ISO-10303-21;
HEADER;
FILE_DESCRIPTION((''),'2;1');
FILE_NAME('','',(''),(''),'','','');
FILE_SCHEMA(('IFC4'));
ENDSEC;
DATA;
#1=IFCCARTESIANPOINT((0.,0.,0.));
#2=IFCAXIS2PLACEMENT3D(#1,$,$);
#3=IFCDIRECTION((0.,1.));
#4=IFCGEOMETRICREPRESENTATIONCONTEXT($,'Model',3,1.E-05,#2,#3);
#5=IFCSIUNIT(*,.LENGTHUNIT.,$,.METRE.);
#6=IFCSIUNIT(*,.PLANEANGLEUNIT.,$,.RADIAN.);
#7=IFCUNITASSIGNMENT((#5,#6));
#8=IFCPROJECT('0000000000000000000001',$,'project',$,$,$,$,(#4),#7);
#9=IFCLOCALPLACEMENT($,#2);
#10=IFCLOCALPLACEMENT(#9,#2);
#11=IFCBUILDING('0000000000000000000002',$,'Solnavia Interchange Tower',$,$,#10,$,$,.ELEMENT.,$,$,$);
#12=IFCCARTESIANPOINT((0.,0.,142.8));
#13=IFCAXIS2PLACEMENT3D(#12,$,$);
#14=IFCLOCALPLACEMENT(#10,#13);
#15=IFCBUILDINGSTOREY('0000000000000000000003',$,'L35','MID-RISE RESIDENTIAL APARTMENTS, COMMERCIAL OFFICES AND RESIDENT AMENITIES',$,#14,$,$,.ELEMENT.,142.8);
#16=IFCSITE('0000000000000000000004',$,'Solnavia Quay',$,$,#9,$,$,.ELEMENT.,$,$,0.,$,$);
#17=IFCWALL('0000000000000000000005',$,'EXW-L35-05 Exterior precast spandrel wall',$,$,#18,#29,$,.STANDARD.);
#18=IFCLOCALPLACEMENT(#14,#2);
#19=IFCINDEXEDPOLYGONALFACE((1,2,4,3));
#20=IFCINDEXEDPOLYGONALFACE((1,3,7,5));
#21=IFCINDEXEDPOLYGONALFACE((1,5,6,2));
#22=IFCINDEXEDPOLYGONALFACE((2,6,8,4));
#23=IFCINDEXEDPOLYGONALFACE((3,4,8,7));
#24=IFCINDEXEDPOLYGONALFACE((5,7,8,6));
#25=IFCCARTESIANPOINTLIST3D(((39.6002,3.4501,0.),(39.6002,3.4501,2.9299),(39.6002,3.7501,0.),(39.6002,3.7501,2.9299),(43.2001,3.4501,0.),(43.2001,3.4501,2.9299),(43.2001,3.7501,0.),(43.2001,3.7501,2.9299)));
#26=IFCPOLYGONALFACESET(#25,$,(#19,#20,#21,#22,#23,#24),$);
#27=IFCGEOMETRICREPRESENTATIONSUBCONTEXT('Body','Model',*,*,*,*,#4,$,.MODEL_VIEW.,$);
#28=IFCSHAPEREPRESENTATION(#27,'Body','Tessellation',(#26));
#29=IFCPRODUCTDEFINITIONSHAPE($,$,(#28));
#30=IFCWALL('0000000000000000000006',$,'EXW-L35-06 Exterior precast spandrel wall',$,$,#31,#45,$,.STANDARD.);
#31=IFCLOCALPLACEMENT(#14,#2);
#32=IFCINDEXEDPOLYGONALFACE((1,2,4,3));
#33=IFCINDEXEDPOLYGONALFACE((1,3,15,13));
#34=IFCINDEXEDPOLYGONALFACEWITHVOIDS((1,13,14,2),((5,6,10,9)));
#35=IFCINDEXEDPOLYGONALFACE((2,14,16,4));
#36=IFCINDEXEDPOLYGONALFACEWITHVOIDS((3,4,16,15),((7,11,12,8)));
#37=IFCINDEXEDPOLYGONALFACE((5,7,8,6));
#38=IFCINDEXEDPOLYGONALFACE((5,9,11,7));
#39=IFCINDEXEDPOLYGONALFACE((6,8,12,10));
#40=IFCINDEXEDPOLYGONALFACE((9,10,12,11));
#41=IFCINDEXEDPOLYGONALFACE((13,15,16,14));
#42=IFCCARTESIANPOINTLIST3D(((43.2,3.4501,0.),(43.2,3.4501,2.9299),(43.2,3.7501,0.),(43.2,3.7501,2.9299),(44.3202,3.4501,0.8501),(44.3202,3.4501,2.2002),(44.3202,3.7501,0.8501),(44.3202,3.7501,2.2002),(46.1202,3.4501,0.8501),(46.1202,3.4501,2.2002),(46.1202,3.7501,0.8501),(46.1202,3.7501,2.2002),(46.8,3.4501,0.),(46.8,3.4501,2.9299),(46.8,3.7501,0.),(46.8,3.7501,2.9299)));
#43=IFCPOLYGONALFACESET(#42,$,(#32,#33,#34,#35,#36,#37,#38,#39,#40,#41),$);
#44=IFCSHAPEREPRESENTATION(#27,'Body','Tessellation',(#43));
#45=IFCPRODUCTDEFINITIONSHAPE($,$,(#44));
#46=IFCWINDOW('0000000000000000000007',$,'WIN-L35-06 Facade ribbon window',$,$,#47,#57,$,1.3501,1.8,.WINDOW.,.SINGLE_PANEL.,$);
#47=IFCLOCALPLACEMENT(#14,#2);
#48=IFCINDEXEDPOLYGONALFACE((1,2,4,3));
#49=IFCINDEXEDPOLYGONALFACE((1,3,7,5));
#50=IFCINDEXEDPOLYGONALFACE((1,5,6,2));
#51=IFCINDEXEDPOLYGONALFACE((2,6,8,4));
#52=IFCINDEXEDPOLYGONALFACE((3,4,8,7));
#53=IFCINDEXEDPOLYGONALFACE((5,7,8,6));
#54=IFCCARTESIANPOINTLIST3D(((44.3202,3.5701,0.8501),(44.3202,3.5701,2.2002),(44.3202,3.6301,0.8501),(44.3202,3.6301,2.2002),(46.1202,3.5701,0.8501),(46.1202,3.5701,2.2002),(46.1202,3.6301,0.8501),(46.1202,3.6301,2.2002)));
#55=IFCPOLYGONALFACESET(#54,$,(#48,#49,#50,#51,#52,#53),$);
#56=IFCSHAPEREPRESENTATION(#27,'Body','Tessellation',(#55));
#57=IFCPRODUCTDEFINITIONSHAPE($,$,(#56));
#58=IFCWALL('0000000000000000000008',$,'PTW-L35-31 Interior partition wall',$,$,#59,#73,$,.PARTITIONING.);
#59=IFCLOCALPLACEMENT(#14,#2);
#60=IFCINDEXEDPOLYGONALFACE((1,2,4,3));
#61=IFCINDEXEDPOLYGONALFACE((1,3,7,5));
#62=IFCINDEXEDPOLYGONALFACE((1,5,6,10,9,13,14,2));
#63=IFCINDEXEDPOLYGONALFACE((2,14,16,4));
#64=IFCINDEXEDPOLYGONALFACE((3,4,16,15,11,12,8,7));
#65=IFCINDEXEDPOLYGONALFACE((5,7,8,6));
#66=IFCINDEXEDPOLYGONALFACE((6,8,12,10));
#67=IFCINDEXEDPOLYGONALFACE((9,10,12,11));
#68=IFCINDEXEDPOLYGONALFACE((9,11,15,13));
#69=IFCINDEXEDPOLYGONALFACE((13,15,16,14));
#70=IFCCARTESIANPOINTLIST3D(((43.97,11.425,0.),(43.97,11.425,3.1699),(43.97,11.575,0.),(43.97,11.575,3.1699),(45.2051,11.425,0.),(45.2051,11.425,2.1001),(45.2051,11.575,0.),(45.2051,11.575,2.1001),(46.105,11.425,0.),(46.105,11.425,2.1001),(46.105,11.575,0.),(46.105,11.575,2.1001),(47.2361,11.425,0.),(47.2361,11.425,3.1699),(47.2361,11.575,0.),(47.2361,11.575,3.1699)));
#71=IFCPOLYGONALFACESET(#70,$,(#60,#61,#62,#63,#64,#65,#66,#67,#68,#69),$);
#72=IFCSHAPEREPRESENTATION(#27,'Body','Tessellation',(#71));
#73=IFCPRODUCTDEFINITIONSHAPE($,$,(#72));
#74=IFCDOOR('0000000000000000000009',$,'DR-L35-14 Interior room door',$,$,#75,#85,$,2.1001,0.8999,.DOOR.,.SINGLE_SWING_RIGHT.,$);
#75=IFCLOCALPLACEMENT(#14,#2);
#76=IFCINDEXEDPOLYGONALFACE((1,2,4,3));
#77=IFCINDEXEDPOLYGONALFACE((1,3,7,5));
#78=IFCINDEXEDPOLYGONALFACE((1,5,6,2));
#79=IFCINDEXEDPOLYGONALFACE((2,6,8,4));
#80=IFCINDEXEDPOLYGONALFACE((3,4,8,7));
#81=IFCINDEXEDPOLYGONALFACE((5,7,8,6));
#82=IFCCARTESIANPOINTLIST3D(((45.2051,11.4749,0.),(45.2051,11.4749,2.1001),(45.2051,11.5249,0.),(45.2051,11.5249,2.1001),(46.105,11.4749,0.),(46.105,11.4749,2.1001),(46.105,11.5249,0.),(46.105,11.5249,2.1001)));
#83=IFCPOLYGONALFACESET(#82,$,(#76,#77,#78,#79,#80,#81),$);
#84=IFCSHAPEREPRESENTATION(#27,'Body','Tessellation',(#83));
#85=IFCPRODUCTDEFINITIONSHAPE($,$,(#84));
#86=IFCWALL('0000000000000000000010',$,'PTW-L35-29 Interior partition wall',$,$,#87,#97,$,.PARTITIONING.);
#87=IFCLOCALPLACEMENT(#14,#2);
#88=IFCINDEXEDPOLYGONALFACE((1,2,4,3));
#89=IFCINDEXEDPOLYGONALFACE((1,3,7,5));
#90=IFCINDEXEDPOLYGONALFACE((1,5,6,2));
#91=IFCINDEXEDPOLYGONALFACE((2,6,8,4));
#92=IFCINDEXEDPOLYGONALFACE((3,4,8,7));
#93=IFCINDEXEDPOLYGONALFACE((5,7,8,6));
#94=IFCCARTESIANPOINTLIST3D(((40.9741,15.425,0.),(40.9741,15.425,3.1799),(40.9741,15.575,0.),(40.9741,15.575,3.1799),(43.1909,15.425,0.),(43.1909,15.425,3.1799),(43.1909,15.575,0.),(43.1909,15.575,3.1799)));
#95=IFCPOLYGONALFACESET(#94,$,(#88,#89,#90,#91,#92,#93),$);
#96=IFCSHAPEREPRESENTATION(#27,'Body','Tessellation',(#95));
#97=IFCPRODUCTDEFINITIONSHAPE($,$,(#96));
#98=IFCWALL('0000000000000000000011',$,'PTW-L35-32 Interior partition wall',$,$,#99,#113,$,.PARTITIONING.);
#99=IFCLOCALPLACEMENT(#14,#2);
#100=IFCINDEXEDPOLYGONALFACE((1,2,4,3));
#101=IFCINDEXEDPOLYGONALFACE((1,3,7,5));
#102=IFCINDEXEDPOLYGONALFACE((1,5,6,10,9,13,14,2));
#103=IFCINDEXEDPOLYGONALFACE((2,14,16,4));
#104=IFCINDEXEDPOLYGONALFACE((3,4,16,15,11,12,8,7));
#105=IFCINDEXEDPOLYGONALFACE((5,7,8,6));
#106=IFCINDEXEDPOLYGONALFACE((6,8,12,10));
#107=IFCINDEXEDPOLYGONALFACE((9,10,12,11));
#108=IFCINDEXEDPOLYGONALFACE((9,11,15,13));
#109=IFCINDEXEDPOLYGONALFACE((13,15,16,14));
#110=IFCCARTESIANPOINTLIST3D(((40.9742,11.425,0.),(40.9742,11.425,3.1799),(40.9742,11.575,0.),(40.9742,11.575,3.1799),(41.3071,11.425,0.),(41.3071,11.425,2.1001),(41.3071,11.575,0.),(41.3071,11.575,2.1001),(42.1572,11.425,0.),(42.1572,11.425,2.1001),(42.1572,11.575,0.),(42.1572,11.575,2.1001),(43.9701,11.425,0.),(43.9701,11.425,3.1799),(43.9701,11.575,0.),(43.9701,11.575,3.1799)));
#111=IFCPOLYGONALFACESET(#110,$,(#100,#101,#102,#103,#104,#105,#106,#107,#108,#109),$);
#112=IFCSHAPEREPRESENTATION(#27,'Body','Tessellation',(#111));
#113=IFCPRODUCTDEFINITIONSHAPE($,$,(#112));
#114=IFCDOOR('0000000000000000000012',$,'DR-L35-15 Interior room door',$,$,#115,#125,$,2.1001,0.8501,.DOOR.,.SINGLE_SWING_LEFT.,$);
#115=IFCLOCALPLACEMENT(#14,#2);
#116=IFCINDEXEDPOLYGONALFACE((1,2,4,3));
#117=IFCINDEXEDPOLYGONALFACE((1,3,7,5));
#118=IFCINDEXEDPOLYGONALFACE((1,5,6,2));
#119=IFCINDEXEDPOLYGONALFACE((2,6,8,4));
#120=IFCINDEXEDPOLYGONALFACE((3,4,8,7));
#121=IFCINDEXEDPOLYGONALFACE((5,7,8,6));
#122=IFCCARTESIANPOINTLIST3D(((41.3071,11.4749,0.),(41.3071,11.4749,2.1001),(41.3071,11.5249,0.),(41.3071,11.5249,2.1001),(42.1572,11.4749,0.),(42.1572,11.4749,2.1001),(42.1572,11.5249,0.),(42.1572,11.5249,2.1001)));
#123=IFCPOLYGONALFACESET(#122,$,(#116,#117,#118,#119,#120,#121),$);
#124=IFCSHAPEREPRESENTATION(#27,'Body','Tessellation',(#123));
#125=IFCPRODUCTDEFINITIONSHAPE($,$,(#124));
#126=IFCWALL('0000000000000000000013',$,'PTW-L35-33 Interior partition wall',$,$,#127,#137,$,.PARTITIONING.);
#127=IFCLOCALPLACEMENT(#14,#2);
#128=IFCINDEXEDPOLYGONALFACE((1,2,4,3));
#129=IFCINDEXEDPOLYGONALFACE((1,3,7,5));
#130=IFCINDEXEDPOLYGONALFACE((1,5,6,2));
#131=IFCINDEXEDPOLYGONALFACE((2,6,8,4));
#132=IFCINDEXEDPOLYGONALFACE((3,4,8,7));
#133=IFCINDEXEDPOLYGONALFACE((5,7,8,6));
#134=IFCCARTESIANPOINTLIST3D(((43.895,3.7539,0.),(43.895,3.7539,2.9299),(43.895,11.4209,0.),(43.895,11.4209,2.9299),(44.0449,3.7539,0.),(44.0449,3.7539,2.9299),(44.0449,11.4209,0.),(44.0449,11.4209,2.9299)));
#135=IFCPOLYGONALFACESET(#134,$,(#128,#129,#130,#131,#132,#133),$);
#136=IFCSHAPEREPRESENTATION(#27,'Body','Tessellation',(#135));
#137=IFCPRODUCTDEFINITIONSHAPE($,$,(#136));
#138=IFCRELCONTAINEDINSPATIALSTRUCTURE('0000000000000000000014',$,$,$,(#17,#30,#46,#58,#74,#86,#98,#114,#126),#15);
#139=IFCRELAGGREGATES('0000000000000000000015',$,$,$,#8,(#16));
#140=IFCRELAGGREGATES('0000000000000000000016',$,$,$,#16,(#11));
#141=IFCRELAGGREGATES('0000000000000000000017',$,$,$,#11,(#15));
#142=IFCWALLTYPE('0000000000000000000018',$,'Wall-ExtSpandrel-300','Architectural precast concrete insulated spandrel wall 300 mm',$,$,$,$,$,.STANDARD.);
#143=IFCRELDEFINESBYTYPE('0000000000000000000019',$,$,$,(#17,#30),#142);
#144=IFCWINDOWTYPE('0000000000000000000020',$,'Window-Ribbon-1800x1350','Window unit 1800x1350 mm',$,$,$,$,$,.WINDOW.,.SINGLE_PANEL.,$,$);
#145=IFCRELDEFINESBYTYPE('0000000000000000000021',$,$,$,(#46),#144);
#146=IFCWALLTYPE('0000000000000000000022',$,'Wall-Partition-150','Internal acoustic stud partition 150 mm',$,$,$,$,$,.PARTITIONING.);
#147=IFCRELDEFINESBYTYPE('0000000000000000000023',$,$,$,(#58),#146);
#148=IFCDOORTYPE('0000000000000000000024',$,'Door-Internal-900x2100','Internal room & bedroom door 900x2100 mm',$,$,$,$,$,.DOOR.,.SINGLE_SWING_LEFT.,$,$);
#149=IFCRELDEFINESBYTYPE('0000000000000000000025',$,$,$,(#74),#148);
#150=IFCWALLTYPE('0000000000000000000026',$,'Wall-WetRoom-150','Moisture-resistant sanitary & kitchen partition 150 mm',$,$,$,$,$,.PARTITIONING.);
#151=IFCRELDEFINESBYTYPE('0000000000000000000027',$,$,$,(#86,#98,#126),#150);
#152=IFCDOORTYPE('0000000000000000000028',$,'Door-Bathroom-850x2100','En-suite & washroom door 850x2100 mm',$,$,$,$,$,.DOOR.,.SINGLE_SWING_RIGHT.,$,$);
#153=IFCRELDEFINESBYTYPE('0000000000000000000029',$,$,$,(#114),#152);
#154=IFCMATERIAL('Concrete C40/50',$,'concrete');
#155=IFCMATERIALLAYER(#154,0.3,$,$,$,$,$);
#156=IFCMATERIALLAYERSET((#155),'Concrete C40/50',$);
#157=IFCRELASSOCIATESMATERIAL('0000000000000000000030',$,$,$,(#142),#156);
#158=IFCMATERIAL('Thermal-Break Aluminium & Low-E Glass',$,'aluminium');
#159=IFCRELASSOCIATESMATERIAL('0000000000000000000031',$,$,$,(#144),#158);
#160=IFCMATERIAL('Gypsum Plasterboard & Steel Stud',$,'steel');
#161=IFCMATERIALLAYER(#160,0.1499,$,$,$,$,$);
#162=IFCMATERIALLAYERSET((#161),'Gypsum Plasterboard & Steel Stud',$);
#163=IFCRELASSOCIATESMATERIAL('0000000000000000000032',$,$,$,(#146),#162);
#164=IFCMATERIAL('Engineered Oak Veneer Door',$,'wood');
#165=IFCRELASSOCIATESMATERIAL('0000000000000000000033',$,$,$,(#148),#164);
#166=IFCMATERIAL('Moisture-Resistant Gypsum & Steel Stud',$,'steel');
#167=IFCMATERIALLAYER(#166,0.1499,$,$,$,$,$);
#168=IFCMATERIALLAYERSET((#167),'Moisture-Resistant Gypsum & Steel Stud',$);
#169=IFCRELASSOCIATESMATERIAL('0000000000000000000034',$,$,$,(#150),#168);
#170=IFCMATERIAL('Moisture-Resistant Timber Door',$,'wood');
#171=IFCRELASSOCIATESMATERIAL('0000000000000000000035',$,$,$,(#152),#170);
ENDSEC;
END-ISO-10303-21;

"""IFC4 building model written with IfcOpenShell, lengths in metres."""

from ifc_helpers import new_model, si_unit, direction, frame, frame_2d, origin, place, context, subcontext, project, spatial, rectangle, extrude, material, layer, layer_set, type_object, element, fill, save


model = new_model("IFC4")

# Units and contexts
model_context = context("Model", 3, precision=1e-05, world=origin(), true_north=direction((0.0, 1.0)))
body_context = subcontext(model_context, "Body", "Model", "MODEL_VIEW")
ifc_project = project(units=[si_unit("LENGTHUNIT", "METRE"), si_unit("PLANEANGLEUNIT", "RADIAN")], contexts=[model_context])

# Site, building, storey
site_placement = place(None, origin())
site = spatial("IfcSite", under=ifc_project, at=site_placement, Name="Solnavia Quay", CompositionType="ELEMENT", RefElevation=0.0)
building_placement = place(site_placement, origin())
building = spatial("IfcBuilding", under=site, at=building_placement, Name="Solnavia Interchange Tower", CompositionType="ELEMENT")
storey_placement = place(building_placement, frame((0.0, 0.0, 142.8)))
storey = spatial("IfcBuildingStorey", under=building, at=storey_placement, Name="L35", Description="MID-RISE RESIDENTIAL APARTMENTS, COMMERCIAL OFFICES AND RESIDENT AMENITIES", CompositionType="ELEMENT", Elevation=142.8)

# Wall
ifc_material_1 = material(Name="Concrete C40/50", Category="concrete")
ifc_layer_1 = layer(ifc_material_1, 0.3)
ifc_layer_set_1 = layer_set([ifc_layer_1], Name="Concrete C40/50")
wall_type_1 = type_object("IfcWallType", Name="Wall-ExtSpandrel-300", Description="Architectural precast concrete insulated spandrel wall 300 mm", PredefinedType="STANDARD", material=ifc_layer_set_1)
wall_1_placement = place(storey_placement, frame((43.2, 3.6001, 0.0), z_axis=(0.0, 0.0, 1.0), x_axis=(-1.0, 0.0, 0.0)))
element("IfcWall", 1, at=wall_1_placement, inside=storey, type_object=wall_type_1, Name="EXW-L35-05 Exterior precast spandrel wall", PredefinedType="STANDARD", context=body_context, shape_type="SweptSolid", body=[
    extrude(rectangle(XDim=3.5999, YDim=0.3, at=frame_2d((1.7998, 0.0))), origin(), (0.0, 0.0, 1.0), 2.9299),
])

# Wall, opening, window
wall_2_placement = place(storey_placement, frame((46.8, 3.6001, 0.0), z_axis=(0.0, 0.0, 1.0), x_axis=(-1.0, 0.0, 0.0)))
wall_2 = element("IfcWall", 2, at=wall_2_placement, inside=storey, type_object=wall_type_1, Name="EXW-L35-06 Exterior precast spandrel wall", PredefinedType="STANDARD", context=body_context, shape_type="SweptSolid", body=[
    extrude(rectangle(XDim=3.6001, YDim=0.3, at=frame_2d((1.8, 0.0))), origin(), (0.0, 0.0, 1.0), 2.9299),
])
opening_1_placement = place(wall_2_placement, frame((0.6799, 0.0, 0.8501)))
opening_1 = element("IfcOpeningElement", 3, at=opening_1_placement, cuts=wall_2, PredefinedType="OPENING", context=body_context, shape_type="SweptSolid", body=[
    extrude(rectangle(XDim=1.8, YDim=1.3501, at=frame_2d((0.8999, 0.675))), frame((0.0, 0.1602, 0.0), z_axis=(0.0, -1.0, 0.0), x_axis=(1.0, 0.0, 0.0)), (0.0, 0.0, 1.0), 0.3201),
])
ifc_material_2 = material(Name="Thermal-Break Aluminium & Low-E Glass", Category="aluminium")
window_type = type_object("IfcWindowType", Name="Window-Ribbon-1800x1350", Description="Window unit 1800x1350 mm", PartitioningType="SINGLE_PANEL", PredefinedType="WINDOW", material=ifc_material_2)
window_placement = place(opening_1_placement, origin())
window = element("IfcWindow", 4, at=window_placement, inside=storey, type_object=window_type, Name="WIN-L35-06 Facade ribbon window", OverallHeight=1.3501, OverallWidth=1.8, PartitioningType="SINGLE_PANEL", PredefinedType="WINDOW", context=body_context, shape_type="SweptSolid", body=[
    extrude(rectangle(XDim=1.8, YDim=1.3501, at=frame_2d((0.8999, 0.675))), frame((0.0, 0.03, 0.0), z_axis=(0.0, -1.0, 0.0), x_axis=(1.0, 0.0, 0.0)), (0.0, 0.0, 1.0), 0.0601),
])
fill(opening_1, window)

# Wall, opening, door
ifc_material_3 = material(Name="Gypsum Plasterboard & Steel Stud", Category="steel")
ifc_layer_2 = layer(ifc_material_3, 0.1499)
ifc_layer_set_2 = layer_set([ifc_layer_2], Name="Gypsum Plasterboard & Steel Stud")
wall_type_2 = type_object("IfcWallType", Name="Wall-Partition-150", Description="Internal acoustic stud partition 150 mm", PredefinedType="PARTITIONING", material=ifc_layer_set_2)
wall_3_placement = place(storey_placement, frame((43.97, 11.5, 0.0), z_axis=(0.0, 0.0, 1.0), x_axis=(1.0, 0.0, 0.0)))
wall_3 = element("IfcWall", 5, at=wall_3_placement, inside=storey, type_object=wall_type_2, Name="PTW-L35-31 Interior partition wall", PredefinedType="PARTITIONING", context=body_context, shape_type="SweptSolid", body=[
    extrude(rectangle(XDim=3.2661, YDim=0.1499, at=frame_2d((1.6331, 0.0))), origin(), (0.0, 0.0, 1.0), 3.1699),
])
opening_2_placement = place(wall_3_placement, frame((1.2351, 0.0, 0.0)))
opening_2 = element("IfcOpeningElement", 6, at=opening_2_placement, cuts=wall_3, PredefinedType="OPENING", context=body_context, shape_type="SweptSolid", body=[
    extrude(rectangle(XDim=0.8999, YDim=2.1001, at=frame_2d((0.45, 1.05))), frame((0.0, 0.085, 0.0), z_axis=(0.0, -1.0, 0.0), x_axis=(1.0, 0.0, 0.0)), (0.0, 0.0, 1.0), 0.1699),
])
ifc_material_4 = material(Name="Engineered Oak Veneer Door", Category="wood")
door_type_1 = type_object("IfcDoorType", Name="Door-Internal-900x2100", Description="Internal room & bedroom door 900x2100 mm", OperationType="SINGLE_SWING_LEFT", PredefinedType="DOOR", material=ifc_material_4)
door_1_placement = place(opening_2_placement, origin())
door_1 = element("IfcDoor", 7, at=door_1_placement, inside=storey, type_object=door_type_1, Name="DR-L35-14 Interior room door", OperationType="SINGLE_SWING_RIGHT", OverallHeight=2.1001, OverallWidth=0.8999, PredefinedType="DOOR", context=body_context, shape_type="SweptSolid", body=[
    extrude(rectangle(XDim=0.8999, YDim=2.1001, at=frame_2d((0.45, 1.05))), frame((0.0, 0.0249, 0.0), z_axis=(0.0, -1.0, 0.0), x_axis=(1.0, 0.0, 0.0)), (0.0, 0.0, 1.0), 0.05),
])
fill(opening_2, door_1)

# Wall
ifc_material_5 = material(Name="Moisture-Resistant Gypsum & Steel Stud", Category="steel")
ifc_layer_3 = layer(ifc_material_5, 0.1499)
ifc_layer_set_3 = layer_set([ifc_layer_3], Name="Moisture-Resistant Gypsum & Steel Stud")
wall_type_3 = type_object("IfcWallType", Name="Wall-WetRoom-150", Description="Moisture-resistant sanitary & kitchen partition 150 mm", PredefinedType="PARTITIONING", material=ifc_layer_set_3)
wall_4_placement = place(storey_placement, frame((40.9741, 15.5, 0.0), z_axis=(0.0, 0.0, 1.0), x_axis=(1.0, 0.0, 0.0)))
element("IfcWall", 8, at=wall_4_placement, inside=storey, type_object=wall_type_3, Name="PTW-L35-29 Interior partition wall", PredefinedType="PARTITIONING", context=body_context, shape_type="SweptSolid", body=[
    extrude(rectangle(XDim=2.2168, YDim=0.1499, at=frame_2d((1.1084, 0.0))), origin(), (0.0, 0.0, 1.0), 3.1799),
])

# Wall, opening, door
wall_5_placement = place(storey_placement, frame((40.9741, 11.5, 0.0), z_axis=(0.0, 0.0, 1.0), x_axis=(1.0, 0.0, 0.0)))
wall_5 = element("IfcWall", 9, at=wall_5_placement, inside=storey, type_object=wall_type_3, Name="PTW-L35-32 Interior partition wall", PredefinedType="PARTITIONING", context=body_context, shape_type="SweptSolid", body=[
    extrude(rectangle(XDim=2.9958, YDim=0.1499, at=frame_2d((1.498, 0.0))), origin(), (0.0, 0.0, 1.0), 3.1799),
])
opening_3_placement = place(wall_5_placement, frame((0.333, 0.0, 0.0)))
opening_3 = element("IfcOpeningElement", 10, at=opening_3_placement, cuts=wall_5, PredefinedType="OPENING", context=body_context, shape_type="SweptSolid", body=[
    extrude(rectangle(XDim=0.8501, YDim=2.1001, at=frame_2d((0.425, 1.05))), frame((0.0, 0.085, 0.0), z_axis=(0.0, -1.0, 0.0), x_axis=(1.0, 0.0, 0.0)), (0.0, 0.0, 1.0), 0.1699),
])
ifc_material_6 = material(Name="Moisture-Resistant Timber Door", Category="wood")
door_type_2 = type_object("IfcDoorType", Name="Door-Bathroom-850x2100", Description="En-suite & washroom door 850x2100 mm", OperationType="SINGLE_SWING_RIGHT", PredefinedType="DOOR", material=ifc_material_6)
door_2_placement = place(opening_3_placement, origin())
door_2 = element("IfcDoor", 11, at=door_2_placement, inside=storey, type_object=door_type_2, Name="DR-L35-15 Interior room door", OperationType="SINGLE_SWING_LEFT", OverallHeight=2.1001, OverallWidth=0.8501, PredefinedType="DOOR", context=body_context, shape_type="SweptSolid", body=[
    extrude(rectangle(XDim=0.8501, YDim=2.1001, at=frame_2d((0.425, 1.05))), frame((0.0, 0.0249, 0.0), z_axis=(0.0, -1.0, 0.0), x_axis=(1.0, 0.0, 0.0)), (0.0, 0.0, 1.0), 0.05),
])
fill(opening_3, door_2)

# Wall
wall_6_placement = place(storey_placement, frame((43.97, 3.7539, 0.0), z_axis=(0.0, 0.0, 1.0), x_axis=(0.0, 1.0, 0.0)))
element("IfcWall", 12, at=wall_6_placement, inside=storey, type_object=wall_type_3, Name="PTW-L35-33 Interior partition wall", PredefinedType="PARTITIONING", context=body_context, shape_type="SweptSolid", body=[
    extrude(rectangle(XDim=7.667, YDim=0.1499, at=frame_2d((3.8335, 0.0))), origin(), (0.0, 0.0, 1.0), 2.9299),
])

save(model, "model.ifc")
